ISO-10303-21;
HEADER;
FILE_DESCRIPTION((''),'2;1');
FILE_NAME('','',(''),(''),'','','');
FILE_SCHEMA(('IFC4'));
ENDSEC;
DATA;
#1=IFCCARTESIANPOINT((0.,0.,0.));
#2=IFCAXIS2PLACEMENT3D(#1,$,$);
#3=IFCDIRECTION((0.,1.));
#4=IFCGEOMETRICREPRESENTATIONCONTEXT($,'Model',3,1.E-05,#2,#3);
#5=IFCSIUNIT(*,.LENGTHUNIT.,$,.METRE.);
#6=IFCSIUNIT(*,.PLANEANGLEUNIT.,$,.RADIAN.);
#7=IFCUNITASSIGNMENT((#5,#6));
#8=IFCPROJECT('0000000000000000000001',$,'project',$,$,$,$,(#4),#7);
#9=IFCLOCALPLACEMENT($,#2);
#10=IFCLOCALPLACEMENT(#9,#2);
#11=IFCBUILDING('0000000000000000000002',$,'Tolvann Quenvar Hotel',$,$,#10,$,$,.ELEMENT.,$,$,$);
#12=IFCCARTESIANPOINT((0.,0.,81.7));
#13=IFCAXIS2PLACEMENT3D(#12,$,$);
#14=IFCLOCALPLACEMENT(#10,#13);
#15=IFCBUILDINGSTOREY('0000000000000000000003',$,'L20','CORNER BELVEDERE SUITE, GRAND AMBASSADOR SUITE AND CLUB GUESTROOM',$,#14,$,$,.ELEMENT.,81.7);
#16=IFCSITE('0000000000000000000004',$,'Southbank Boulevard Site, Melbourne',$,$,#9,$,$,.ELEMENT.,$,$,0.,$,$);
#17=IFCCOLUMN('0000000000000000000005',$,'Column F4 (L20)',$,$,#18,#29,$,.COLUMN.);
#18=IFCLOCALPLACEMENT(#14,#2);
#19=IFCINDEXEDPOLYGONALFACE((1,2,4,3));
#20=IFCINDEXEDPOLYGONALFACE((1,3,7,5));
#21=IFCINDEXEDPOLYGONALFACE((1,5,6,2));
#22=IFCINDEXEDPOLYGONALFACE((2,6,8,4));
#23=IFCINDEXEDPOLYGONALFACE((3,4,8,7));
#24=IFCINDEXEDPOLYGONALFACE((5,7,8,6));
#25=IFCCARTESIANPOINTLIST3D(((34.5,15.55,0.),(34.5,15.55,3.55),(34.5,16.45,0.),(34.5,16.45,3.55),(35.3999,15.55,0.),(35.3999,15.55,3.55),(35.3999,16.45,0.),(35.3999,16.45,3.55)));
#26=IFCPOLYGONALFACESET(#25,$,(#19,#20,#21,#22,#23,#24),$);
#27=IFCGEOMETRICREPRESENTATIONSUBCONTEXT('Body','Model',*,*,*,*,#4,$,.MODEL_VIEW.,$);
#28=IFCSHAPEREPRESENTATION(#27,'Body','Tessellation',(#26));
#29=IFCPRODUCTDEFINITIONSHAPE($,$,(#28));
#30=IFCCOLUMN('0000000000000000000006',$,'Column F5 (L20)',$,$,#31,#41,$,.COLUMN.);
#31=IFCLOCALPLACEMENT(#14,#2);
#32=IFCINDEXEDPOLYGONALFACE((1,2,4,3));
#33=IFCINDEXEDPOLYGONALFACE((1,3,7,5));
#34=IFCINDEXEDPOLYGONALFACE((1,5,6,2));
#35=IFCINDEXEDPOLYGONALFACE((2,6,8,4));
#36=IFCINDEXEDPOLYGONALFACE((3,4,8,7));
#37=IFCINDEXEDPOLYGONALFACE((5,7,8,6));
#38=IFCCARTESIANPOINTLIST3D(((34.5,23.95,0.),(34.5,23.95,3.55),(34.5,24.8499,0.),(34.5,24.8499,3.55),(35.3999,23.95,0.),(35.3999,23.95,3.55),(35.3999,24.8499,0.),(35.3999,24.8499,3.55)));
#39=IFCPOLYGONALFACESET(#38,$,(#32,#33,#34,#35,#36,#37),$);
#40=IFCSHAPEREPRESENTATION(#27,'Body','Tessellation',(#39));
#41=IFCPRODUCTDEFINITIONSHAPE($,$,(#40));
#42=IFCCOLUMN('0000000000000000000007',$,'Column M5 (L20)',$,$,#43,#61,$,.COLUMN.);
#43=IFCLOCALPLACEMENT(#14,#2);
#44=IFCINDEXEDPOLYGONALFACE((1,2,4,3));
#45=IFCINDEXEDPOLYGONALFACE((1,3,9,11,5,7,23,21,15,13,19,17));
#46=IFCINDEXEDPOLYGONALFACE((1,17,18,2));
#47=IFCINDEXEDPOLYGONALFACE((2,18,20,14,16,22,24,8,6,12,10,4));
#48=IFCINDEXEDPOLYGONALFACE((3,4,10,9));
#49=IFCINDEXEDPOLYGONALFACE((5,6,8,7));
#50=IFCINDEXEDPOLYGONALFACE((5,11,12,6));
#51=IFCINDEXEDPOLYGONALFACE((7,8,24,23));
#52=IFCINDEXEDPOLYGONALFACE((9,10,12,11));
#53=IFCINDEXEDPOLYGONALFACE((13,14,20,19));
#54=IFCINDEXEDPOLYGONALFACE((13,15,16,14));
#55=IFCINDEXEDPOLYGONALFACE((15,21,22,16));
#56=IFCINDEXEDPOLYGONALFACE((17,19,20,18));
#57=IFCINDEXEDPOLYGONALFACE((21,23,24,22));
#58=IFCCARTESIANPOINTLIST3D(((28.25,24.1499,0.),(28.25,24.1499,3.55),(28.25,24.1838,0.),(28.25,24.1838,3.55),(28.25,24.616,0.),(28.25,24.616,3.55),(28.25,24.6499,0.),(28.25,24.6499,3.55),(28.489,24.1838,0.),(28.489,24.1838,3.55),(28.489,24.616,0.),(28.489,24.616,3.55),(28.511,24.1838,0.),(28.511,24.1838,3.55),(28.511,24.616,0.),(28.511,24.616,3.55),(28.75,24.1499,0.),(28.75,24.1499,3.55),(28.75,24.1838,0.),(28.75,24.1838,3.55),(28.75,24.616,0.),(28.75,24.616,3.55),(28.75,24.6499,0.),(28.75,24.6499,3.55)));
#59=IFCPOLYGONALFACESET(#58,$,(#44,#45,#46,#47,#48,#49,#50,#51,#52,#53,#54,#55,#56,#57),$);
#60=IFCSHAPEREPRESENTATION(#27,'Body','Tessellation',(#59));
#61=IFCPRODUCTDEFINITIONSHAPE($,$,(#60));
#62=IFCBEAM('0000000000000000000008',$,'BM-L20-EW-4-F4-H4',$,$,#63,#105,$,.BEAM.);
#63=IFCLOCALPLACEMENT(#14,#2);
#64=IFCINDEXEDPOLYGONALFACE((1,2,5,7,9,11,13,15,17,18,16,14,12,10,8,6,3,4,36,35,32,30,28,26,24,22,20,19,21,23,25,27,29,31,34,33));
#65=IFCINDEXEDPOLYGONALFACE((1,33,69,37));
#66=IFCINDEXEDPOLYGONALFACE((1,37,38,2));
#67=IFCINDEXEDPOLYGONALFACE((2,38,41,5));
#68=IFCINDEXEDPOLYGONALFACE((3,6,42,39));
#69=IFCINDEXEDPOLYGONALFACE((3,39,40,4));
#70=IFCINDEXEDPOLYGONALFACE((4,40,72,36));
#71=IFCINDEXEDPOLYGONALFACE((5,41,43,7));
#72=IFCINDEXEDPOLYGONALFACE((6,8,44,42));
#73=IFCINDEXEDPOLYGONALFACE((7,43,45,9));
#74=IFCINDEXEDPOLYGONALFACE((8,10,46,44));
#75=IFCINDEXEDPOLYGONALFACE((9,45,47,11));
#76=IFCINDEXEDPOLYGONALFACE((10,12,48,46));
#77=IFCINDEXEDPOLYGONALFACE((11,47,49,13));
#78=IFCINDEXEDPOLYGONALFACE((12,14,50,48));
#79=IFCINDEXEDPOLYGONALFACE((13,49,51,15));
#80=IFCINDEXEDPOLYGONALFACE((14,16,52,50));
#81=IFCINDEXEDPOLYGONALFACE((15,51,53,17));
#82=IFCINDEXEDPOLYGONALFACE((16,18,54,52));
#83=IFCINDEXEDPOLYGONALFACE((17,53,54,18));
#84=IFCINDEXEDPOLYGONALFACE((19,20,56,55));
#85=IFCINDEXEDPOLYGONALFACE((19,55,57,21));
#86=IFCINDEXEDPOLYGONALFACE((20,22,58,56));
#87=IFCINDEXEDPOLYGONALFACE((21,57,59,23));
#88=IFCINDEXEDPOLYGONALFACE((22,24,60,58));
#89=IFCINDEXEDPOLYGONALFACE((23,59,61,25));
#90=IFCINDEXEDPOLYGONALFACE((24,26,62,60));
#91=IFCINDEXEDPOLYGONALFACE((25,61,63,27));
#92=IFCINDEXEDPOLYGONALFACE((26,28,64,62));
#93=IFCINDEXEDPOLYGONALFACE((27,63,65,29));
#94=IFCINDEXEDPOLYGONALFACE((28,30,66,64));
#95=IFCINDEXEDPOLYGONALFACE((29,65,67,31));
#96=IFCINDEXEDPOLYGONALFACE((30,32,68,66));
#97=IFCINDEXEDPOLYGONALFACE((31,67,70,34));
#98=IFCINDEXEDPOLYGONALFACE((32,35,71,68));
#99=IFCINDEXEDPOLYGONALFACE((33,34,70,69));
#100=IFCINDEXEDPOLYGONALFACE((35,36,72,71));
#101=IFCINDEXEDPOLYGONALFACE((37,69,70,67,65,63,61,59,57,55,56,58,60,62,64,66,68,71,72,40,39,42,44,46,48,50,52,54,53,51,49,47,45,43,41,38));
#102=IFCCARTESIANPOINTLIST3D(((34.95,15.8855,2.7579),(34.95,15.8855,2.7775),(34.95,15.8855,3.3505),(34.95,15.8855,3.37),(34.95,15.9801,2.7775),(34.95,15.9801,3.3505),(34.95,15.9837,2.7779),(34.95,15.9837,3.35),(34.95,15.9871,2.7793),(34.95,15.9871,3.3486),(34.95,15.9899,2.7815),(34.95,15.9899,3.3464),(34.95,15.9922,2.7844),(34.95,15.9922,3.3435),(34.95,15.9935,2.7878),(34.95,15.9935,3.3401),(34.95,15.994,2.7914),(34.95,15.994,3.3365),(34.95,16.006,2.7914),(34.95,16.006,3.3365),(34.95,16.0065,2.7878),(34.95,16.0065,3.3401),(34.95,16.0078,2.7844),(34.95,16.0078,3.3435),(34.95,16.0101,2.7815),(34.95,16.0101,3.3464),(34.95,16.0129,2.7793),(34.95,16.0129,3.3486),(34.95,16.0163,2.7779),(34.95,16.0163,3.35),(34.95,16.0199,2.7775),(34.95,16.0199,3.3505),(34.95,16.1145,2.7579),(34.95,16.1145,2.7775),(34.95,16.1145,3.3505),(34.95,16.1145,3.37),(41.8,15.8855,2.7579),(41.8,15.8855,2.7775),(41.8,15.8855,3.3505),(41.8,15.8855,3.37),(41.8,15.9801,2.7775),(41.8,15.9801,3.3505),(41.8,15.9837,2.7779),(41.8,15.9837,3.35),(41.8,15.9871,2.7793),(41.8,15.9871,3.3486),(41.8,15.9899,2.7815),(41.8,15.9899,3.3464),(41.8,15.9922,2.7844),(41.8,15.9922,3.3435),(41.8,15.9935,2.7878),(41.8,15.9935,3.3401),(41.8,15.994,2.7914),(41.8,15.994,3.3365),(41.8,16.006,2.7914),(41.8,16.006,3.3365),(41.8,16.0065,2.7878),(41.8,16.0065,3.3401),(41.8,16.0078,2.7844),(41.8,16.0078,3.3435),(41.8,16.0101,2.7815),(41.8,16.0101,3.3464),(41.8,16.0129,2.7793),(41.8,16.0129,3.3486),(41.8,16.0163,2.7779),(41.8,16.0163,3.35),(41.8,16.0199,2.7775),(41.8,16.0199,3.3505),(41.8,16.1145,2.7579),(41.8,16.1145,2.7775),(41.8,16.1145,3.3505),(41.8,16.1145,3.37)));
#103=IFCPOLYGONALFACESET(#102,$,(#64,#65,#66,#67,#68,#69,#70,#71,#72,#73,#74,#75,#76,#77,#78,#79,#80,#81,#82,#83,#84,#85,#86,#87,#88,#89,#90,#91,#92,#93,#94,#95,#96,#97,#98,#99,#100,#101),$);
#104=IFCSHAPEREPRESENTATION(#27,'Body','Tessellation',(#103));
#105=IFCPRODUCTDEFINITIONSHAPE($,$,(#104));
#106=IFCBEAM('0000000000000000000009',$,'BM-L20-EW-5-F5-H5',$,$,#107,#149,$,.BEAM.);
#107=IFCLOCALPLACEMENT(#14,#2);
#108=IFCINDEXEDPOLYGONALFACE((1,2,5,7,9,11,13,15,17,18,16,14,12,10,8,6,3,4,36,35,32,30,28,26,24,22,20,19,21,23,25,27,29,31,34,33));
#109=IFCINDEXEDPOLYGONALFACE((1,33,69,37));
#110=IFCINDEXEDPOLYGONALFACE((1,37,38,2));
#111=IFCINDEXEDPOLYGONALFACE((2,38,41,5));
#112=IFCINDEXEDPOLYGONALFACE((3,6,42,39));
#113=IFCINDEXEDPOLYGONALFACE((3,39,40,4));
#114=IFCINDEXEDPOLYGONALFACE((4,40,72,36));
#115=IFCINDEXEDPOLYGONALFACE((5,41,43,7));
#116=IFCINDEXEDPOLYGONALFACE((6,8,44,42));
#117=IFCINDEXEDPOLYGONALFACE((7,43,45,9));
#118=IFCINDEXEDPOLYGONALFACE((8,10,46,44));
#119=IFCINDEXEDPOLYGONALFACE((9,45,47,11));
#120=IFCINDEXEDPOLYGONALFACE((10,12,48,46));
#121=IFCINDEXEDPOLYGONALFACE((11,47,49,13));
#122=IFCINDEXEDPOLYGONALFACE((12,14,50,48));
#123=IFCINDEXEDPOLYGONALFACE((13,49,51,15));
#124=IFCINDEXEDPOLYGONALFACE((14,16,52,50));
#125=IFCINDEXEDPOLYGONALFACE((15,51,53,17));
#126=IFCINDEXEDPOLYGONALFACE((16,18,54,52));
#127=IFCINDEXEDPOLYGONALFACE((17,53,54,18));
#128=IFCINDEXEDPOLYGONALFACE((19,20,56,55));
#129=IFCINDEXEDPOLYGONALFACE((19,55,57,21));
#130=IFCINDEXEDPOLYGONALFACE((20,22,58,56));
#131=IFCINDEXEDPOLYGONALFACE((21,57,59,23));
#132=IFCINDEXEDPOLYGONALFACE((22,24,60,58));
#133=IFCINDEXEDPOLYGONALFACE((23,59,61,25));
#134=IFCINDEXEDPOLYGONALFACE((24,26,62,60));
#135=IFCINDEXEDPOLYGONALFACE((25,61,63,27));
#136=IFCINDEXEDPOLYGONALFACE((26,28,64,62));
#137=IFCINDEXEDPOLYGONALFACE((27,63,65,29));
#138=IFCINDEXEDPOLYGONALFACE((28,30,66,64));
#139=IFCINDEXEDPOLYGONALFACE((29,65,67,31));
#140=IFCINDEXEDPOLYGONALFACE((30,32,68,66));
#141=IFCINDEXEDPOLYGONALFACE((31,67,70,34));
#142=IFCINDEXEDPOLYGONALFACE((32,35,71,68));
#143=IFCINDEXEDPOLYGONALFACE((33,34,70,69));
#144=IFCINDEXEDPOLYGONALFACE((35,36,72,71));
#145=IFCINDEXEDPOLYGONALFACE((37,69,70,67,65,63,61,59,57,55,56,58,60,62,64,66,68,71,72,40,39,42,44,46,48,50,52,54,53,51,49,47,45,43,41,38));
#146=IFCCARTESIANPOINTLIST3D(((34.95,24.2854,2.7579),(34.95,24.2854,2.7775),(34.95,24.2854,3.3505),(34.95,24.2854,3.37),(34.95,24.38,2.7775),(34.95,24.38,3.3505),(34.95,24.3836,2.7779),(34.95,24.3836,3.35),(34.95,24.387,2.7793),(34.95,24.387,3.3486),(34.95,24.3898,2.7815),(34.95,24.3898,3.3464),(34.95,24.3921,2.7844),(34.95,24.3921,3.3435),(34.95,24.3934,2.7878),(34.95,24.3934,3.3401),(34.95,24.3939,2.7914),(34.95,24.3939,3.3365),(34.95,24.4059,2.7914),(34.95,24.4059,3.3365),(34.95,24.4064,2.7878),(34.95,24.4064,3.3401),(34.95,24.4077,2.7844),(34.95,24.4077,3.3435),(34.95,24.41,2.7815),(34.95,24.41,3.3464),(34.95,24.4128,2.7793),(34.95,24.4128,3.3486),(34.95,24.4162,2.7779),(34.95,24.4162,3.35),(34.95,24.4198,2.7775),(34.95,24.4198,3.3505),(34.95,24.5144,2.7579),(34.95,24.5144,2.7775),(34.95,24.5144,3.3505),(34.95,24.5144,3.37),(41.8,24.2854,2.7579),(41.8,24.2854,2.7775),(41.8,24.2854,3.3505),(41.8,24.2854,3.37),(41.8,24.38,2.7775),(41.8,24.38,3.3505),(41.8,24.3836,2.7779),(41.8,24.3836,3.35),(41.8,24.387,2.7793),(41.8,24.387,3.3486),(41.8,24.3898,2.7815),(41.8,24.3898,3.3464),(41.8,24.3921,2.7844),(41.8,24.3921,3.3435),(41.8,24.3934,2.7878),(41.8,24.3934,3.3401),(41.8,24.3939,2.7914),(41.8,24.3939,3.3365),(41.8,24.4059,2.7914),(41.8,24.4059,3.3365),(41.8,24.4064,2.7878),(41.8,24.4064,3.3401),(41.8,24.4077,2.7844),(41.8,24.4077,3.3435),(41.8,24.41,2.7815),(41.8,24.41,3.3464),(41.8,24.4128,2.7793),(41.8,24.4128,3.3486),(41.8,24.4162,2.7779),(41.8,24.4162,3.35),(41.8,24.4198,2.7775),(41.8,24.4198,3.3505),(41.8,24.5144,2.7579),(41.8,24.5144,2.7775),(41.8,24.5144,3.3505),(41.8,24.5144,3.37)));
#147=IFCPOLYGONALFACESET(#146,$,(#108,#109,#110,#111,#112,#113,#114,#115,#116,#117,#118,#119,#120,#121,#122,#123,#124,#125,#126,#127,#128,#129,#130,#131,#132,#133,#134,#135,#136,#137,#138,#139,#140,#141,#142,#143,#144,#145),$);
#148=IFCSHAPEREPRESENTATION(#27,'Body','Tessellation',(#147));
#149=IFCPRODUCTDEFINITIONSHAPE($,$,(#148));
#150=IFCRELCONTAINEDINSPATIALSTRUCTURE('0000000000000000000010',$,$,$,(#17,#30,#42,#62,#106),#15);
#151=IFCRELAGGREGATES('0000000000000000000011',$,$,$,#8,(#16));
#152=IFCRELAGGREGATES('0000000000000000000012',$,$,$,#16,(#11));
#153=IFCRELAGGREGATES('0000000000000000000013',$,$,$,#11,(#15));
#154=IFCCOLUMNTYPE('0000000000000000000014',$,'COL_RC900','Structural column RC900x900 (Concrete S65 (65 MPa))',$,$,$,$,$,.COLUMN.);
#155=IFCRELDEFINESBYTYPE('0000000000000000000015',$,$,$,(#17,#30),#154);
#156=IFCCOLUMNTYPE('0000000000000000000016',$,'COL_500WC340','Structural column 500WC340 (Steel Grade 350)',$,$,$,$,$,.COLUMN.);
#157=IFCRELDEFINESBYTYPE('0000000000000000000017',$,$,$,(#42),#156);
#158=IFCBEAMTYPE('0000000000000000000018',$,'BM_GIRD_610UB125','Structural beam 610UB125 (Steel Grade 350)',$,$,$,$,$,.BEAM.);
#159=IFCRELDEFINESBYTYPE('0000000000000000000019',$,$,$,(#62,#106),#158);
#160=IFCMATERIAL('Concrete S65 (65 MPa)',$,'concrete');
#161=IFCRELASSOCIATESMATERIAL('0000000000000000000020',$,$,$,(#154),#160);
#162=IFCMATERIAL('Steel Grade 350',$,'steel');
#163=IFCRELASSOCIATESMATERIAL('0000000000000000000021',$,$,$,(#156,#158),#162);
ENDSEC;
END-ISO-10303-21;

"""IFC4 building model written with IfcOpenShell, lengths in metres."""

from ifc_helpers import new_model, si_unit, direction, frame, origin, origin_2d, place, context, subcontext, project, spatial, rectangle, i_section, extrude, source, transform, mapped, material, material_profile, profile_set, type_object, type_shapes, element, save


model = new_model("IFC4")

# Units and contexts
model_context = context("Model", 3, precision=1e-05, world=origin(), true_north=direction((0.0, 1.0)))
body_context = subcontext(model_context, "Body", "Model", "MODEL_VIEW")
ifc_project = project(units=[si_unit("LENGTHUNIT", "METRE"), si_unit("PLANEANGLEUNIT", "RADIAN")], contexts=[model_context])

# Site, building, storey
site_placement = place(None, origin())
site = spatial("IfcSite", under=ifc_project, at=site_placement, Name="Southbank Boulevard Site, Melbourne", CompositionType="ELEMENT", RefElevation=0.0)
building_placement = place(site_placement, origin())
building = spatial("IfcBuilding", under=site, at=building_placement, Name="Tolvann Quenvar Hotel", CompositionType="ELEMENT")
storey_placement = place(building_placement, frame((0.0, 0.0, 81.7)))
storey = spatial("IfcBuildingStorey", under=building, at=storey_placement, Name="L20", Description="CORNER BELVEDERE SUITE, GRAND AMBASSADOR SUITE AND CLUB GUESTROOM", CompositionType="ELEMENT", Elevation=81.7)

# Columns
ifc_material_1 = material(Name="Concrete S65 (65 MPa)", Category="concrete")
ifc_material_profile_1 = material_profile(ifc_material_1, rectangle(XDim=0.8999, YDim=0.8999, at=origin_2d()), Name="RC900x900")
ifc_profile_set_1 = profile_set([ifc_material_profile_1], Name="Concrete S65 (65 MPa)")
column_type_1 = type_object("IfcColumnType", Name="COL_RC900", Description="Structural column RC900x900 (Concrete S65 (65 MPa))", PredefinedType="COLUMN", material=ifc_profile_set_1)
shared_shape_1 = source(origin(), body_context, "Body", "SweptSolid", [
    extrude(rectangle(XDim=0.8999, YDim=0.8999, at=origin_2d()), origin(), (0.0, 0.0, 1.0), 3.55),
])
type_shapes(column_type_1, [shared_shape_1])
for number, where, z_axis, x_axis, name in (
    (1, (34.95, 16.0, 0.0), (0.0, 0.0, 1.0), (1.0, 0.0, 0.0), "Column F4 (L20)"),
    (2, (34.95, 24.3999, 0.0), (0.0, 0.0, 1.0), (1.0, 0.0, 0.0), "Column F5 (L20)"),
):
    element("IfcColumn", number, at=place(storey_placement, frame(where, z_axis=z_axis, x_axis=x_axis)), inside=storey, type_object=column_type_1, Name=name, PredefinedType="COLUMN", context=body_context, shape_type="MappedRepresentation", body=[
        mapped(shared_shape_1, transform((0.0, 0.0, 0.0), x_axis=(1.0, 0.0, 0.0), y_axis=(0.0, 1.0, 0.0), z_axis=(0.0, 0.0, 1.0), scale=1.0)),
    ])
ifc_material_2 = material(Name="Steel Grade 350", Category="steel")
ifc_material_profile_2 = material_profile(ifc_material_2, i_section(OverallWidth=0.5, OverallDepth=0.5, WebThickness=0.022, FlangeThickness=0.0339, at=origin_2d()), Name="500WC340")
ifc_profile_set_2 = profile_set([ifc_material_profile_2], Name="Steel Grade 350")
column_type_2 = type_object("IfcColumnType", Name="COL_500WC340", Description="Structural column 500WC340 (Steel Grade 350)", PredefinedType="COLUMN", material=ifc_profile_set_2)
shared_shape_2 = source(origin(), body_context, "Body", "SweptSolid", [
    extrude(i_section(OverallWidth=0.5, OverallDepth=0.5, WebThickness=0.022, FlangeThickness=0.0339, at=origin_2d()), origin(), (0.0, 0.0, 1.0), 3.55),
])
type_shapes(column_type_2, [shared_shape_2])
column_placement = place(storey_placement, frame((28.5, 24.3999, 0.0), z_axis=(0.0, 0.0, 1.0), x_axis=(1.0, 0.0, 0.0)))
element("IfcColumn", 3, at=column_placement, inside=storey, type_object=column_type_2, Name="Column M5 (L20)", PredefinedType="COLUMN", context=body_context, shape_type="MappedRepresentation", body=[
    mapped(shared_shape_2, transform((0.0, 0.0, 0.0), x_axis=(1.0, 0.0, 0.0), y_axis=(0.0, 1.0, 0.0), z_axis=(0.0, 0.0, 1.0), scale=1.0)),
])

# Beams
ifc_material_profile_3 = material_profile(ifc_material_2, i_section(OverallWidth=0.229, OverallDepth=0.6121, WebThickness=0.012, FlangeThickness=0.0195, FilletRadius=0.0139, at=origin_2d()), Name="610UB125")
ifc_profile_set_3 = profile_set([ifc_material_profile_3], Name="Steel Grade 350")
beam_type_1 = type_object("IfcBeamType", Name="BM_GIRD_610UB125", Description="Structural beam 610UB125 (Steel Grade 350)", PredefinedType="BEAM", material=ifc_profile_set_3)
shared_shape_3 = source(origin(), body_context, "Body", "SweptSolid", [
    extrude(i_section(OverallWidth=0.229, OverallDepth=0.6121, WebThickness=0.012, FlangeThickness=0.0195, FilletRadius=0.0139, at=origin_2d()), origin(), (0.0, 0.0, 1.0), 6.8501),
])
for number, where, z_axis, x_axis, name in (
    (4, (34.95, 16.0, 3.064), (1.0, 0.0, 0.0), (0.0, 1.0, 0.0), "BM-L20-EW-4-F4-H4"),
    (5, (34.95, 24.3999, 3.064), (1.0, 0.0, 0.0), (0.0, 1.0, 0.0), "BM-L20-EW-5-F5-H5"),
):
    element("IfcBeam", number, at=place(storey_placement, frame(where, z_axis=z_axis, x_axis=x_axis)), inside=storey, type_object=beam_type_1, Name=name, PredefinedType="BEAM", context=body_context, shape_type="MappedRepresentation", body=[
        mapped(shared_shape_3, transform((0.0, 0.0, 0.0), x_axis=(1.0, 0.0, 0.0), y_axis=(0.0, 1.0, 0.0), z_axis=(0.0, 0.0, 1.0), scale=1.0)),
    ])

save(model, "model.ifc")
